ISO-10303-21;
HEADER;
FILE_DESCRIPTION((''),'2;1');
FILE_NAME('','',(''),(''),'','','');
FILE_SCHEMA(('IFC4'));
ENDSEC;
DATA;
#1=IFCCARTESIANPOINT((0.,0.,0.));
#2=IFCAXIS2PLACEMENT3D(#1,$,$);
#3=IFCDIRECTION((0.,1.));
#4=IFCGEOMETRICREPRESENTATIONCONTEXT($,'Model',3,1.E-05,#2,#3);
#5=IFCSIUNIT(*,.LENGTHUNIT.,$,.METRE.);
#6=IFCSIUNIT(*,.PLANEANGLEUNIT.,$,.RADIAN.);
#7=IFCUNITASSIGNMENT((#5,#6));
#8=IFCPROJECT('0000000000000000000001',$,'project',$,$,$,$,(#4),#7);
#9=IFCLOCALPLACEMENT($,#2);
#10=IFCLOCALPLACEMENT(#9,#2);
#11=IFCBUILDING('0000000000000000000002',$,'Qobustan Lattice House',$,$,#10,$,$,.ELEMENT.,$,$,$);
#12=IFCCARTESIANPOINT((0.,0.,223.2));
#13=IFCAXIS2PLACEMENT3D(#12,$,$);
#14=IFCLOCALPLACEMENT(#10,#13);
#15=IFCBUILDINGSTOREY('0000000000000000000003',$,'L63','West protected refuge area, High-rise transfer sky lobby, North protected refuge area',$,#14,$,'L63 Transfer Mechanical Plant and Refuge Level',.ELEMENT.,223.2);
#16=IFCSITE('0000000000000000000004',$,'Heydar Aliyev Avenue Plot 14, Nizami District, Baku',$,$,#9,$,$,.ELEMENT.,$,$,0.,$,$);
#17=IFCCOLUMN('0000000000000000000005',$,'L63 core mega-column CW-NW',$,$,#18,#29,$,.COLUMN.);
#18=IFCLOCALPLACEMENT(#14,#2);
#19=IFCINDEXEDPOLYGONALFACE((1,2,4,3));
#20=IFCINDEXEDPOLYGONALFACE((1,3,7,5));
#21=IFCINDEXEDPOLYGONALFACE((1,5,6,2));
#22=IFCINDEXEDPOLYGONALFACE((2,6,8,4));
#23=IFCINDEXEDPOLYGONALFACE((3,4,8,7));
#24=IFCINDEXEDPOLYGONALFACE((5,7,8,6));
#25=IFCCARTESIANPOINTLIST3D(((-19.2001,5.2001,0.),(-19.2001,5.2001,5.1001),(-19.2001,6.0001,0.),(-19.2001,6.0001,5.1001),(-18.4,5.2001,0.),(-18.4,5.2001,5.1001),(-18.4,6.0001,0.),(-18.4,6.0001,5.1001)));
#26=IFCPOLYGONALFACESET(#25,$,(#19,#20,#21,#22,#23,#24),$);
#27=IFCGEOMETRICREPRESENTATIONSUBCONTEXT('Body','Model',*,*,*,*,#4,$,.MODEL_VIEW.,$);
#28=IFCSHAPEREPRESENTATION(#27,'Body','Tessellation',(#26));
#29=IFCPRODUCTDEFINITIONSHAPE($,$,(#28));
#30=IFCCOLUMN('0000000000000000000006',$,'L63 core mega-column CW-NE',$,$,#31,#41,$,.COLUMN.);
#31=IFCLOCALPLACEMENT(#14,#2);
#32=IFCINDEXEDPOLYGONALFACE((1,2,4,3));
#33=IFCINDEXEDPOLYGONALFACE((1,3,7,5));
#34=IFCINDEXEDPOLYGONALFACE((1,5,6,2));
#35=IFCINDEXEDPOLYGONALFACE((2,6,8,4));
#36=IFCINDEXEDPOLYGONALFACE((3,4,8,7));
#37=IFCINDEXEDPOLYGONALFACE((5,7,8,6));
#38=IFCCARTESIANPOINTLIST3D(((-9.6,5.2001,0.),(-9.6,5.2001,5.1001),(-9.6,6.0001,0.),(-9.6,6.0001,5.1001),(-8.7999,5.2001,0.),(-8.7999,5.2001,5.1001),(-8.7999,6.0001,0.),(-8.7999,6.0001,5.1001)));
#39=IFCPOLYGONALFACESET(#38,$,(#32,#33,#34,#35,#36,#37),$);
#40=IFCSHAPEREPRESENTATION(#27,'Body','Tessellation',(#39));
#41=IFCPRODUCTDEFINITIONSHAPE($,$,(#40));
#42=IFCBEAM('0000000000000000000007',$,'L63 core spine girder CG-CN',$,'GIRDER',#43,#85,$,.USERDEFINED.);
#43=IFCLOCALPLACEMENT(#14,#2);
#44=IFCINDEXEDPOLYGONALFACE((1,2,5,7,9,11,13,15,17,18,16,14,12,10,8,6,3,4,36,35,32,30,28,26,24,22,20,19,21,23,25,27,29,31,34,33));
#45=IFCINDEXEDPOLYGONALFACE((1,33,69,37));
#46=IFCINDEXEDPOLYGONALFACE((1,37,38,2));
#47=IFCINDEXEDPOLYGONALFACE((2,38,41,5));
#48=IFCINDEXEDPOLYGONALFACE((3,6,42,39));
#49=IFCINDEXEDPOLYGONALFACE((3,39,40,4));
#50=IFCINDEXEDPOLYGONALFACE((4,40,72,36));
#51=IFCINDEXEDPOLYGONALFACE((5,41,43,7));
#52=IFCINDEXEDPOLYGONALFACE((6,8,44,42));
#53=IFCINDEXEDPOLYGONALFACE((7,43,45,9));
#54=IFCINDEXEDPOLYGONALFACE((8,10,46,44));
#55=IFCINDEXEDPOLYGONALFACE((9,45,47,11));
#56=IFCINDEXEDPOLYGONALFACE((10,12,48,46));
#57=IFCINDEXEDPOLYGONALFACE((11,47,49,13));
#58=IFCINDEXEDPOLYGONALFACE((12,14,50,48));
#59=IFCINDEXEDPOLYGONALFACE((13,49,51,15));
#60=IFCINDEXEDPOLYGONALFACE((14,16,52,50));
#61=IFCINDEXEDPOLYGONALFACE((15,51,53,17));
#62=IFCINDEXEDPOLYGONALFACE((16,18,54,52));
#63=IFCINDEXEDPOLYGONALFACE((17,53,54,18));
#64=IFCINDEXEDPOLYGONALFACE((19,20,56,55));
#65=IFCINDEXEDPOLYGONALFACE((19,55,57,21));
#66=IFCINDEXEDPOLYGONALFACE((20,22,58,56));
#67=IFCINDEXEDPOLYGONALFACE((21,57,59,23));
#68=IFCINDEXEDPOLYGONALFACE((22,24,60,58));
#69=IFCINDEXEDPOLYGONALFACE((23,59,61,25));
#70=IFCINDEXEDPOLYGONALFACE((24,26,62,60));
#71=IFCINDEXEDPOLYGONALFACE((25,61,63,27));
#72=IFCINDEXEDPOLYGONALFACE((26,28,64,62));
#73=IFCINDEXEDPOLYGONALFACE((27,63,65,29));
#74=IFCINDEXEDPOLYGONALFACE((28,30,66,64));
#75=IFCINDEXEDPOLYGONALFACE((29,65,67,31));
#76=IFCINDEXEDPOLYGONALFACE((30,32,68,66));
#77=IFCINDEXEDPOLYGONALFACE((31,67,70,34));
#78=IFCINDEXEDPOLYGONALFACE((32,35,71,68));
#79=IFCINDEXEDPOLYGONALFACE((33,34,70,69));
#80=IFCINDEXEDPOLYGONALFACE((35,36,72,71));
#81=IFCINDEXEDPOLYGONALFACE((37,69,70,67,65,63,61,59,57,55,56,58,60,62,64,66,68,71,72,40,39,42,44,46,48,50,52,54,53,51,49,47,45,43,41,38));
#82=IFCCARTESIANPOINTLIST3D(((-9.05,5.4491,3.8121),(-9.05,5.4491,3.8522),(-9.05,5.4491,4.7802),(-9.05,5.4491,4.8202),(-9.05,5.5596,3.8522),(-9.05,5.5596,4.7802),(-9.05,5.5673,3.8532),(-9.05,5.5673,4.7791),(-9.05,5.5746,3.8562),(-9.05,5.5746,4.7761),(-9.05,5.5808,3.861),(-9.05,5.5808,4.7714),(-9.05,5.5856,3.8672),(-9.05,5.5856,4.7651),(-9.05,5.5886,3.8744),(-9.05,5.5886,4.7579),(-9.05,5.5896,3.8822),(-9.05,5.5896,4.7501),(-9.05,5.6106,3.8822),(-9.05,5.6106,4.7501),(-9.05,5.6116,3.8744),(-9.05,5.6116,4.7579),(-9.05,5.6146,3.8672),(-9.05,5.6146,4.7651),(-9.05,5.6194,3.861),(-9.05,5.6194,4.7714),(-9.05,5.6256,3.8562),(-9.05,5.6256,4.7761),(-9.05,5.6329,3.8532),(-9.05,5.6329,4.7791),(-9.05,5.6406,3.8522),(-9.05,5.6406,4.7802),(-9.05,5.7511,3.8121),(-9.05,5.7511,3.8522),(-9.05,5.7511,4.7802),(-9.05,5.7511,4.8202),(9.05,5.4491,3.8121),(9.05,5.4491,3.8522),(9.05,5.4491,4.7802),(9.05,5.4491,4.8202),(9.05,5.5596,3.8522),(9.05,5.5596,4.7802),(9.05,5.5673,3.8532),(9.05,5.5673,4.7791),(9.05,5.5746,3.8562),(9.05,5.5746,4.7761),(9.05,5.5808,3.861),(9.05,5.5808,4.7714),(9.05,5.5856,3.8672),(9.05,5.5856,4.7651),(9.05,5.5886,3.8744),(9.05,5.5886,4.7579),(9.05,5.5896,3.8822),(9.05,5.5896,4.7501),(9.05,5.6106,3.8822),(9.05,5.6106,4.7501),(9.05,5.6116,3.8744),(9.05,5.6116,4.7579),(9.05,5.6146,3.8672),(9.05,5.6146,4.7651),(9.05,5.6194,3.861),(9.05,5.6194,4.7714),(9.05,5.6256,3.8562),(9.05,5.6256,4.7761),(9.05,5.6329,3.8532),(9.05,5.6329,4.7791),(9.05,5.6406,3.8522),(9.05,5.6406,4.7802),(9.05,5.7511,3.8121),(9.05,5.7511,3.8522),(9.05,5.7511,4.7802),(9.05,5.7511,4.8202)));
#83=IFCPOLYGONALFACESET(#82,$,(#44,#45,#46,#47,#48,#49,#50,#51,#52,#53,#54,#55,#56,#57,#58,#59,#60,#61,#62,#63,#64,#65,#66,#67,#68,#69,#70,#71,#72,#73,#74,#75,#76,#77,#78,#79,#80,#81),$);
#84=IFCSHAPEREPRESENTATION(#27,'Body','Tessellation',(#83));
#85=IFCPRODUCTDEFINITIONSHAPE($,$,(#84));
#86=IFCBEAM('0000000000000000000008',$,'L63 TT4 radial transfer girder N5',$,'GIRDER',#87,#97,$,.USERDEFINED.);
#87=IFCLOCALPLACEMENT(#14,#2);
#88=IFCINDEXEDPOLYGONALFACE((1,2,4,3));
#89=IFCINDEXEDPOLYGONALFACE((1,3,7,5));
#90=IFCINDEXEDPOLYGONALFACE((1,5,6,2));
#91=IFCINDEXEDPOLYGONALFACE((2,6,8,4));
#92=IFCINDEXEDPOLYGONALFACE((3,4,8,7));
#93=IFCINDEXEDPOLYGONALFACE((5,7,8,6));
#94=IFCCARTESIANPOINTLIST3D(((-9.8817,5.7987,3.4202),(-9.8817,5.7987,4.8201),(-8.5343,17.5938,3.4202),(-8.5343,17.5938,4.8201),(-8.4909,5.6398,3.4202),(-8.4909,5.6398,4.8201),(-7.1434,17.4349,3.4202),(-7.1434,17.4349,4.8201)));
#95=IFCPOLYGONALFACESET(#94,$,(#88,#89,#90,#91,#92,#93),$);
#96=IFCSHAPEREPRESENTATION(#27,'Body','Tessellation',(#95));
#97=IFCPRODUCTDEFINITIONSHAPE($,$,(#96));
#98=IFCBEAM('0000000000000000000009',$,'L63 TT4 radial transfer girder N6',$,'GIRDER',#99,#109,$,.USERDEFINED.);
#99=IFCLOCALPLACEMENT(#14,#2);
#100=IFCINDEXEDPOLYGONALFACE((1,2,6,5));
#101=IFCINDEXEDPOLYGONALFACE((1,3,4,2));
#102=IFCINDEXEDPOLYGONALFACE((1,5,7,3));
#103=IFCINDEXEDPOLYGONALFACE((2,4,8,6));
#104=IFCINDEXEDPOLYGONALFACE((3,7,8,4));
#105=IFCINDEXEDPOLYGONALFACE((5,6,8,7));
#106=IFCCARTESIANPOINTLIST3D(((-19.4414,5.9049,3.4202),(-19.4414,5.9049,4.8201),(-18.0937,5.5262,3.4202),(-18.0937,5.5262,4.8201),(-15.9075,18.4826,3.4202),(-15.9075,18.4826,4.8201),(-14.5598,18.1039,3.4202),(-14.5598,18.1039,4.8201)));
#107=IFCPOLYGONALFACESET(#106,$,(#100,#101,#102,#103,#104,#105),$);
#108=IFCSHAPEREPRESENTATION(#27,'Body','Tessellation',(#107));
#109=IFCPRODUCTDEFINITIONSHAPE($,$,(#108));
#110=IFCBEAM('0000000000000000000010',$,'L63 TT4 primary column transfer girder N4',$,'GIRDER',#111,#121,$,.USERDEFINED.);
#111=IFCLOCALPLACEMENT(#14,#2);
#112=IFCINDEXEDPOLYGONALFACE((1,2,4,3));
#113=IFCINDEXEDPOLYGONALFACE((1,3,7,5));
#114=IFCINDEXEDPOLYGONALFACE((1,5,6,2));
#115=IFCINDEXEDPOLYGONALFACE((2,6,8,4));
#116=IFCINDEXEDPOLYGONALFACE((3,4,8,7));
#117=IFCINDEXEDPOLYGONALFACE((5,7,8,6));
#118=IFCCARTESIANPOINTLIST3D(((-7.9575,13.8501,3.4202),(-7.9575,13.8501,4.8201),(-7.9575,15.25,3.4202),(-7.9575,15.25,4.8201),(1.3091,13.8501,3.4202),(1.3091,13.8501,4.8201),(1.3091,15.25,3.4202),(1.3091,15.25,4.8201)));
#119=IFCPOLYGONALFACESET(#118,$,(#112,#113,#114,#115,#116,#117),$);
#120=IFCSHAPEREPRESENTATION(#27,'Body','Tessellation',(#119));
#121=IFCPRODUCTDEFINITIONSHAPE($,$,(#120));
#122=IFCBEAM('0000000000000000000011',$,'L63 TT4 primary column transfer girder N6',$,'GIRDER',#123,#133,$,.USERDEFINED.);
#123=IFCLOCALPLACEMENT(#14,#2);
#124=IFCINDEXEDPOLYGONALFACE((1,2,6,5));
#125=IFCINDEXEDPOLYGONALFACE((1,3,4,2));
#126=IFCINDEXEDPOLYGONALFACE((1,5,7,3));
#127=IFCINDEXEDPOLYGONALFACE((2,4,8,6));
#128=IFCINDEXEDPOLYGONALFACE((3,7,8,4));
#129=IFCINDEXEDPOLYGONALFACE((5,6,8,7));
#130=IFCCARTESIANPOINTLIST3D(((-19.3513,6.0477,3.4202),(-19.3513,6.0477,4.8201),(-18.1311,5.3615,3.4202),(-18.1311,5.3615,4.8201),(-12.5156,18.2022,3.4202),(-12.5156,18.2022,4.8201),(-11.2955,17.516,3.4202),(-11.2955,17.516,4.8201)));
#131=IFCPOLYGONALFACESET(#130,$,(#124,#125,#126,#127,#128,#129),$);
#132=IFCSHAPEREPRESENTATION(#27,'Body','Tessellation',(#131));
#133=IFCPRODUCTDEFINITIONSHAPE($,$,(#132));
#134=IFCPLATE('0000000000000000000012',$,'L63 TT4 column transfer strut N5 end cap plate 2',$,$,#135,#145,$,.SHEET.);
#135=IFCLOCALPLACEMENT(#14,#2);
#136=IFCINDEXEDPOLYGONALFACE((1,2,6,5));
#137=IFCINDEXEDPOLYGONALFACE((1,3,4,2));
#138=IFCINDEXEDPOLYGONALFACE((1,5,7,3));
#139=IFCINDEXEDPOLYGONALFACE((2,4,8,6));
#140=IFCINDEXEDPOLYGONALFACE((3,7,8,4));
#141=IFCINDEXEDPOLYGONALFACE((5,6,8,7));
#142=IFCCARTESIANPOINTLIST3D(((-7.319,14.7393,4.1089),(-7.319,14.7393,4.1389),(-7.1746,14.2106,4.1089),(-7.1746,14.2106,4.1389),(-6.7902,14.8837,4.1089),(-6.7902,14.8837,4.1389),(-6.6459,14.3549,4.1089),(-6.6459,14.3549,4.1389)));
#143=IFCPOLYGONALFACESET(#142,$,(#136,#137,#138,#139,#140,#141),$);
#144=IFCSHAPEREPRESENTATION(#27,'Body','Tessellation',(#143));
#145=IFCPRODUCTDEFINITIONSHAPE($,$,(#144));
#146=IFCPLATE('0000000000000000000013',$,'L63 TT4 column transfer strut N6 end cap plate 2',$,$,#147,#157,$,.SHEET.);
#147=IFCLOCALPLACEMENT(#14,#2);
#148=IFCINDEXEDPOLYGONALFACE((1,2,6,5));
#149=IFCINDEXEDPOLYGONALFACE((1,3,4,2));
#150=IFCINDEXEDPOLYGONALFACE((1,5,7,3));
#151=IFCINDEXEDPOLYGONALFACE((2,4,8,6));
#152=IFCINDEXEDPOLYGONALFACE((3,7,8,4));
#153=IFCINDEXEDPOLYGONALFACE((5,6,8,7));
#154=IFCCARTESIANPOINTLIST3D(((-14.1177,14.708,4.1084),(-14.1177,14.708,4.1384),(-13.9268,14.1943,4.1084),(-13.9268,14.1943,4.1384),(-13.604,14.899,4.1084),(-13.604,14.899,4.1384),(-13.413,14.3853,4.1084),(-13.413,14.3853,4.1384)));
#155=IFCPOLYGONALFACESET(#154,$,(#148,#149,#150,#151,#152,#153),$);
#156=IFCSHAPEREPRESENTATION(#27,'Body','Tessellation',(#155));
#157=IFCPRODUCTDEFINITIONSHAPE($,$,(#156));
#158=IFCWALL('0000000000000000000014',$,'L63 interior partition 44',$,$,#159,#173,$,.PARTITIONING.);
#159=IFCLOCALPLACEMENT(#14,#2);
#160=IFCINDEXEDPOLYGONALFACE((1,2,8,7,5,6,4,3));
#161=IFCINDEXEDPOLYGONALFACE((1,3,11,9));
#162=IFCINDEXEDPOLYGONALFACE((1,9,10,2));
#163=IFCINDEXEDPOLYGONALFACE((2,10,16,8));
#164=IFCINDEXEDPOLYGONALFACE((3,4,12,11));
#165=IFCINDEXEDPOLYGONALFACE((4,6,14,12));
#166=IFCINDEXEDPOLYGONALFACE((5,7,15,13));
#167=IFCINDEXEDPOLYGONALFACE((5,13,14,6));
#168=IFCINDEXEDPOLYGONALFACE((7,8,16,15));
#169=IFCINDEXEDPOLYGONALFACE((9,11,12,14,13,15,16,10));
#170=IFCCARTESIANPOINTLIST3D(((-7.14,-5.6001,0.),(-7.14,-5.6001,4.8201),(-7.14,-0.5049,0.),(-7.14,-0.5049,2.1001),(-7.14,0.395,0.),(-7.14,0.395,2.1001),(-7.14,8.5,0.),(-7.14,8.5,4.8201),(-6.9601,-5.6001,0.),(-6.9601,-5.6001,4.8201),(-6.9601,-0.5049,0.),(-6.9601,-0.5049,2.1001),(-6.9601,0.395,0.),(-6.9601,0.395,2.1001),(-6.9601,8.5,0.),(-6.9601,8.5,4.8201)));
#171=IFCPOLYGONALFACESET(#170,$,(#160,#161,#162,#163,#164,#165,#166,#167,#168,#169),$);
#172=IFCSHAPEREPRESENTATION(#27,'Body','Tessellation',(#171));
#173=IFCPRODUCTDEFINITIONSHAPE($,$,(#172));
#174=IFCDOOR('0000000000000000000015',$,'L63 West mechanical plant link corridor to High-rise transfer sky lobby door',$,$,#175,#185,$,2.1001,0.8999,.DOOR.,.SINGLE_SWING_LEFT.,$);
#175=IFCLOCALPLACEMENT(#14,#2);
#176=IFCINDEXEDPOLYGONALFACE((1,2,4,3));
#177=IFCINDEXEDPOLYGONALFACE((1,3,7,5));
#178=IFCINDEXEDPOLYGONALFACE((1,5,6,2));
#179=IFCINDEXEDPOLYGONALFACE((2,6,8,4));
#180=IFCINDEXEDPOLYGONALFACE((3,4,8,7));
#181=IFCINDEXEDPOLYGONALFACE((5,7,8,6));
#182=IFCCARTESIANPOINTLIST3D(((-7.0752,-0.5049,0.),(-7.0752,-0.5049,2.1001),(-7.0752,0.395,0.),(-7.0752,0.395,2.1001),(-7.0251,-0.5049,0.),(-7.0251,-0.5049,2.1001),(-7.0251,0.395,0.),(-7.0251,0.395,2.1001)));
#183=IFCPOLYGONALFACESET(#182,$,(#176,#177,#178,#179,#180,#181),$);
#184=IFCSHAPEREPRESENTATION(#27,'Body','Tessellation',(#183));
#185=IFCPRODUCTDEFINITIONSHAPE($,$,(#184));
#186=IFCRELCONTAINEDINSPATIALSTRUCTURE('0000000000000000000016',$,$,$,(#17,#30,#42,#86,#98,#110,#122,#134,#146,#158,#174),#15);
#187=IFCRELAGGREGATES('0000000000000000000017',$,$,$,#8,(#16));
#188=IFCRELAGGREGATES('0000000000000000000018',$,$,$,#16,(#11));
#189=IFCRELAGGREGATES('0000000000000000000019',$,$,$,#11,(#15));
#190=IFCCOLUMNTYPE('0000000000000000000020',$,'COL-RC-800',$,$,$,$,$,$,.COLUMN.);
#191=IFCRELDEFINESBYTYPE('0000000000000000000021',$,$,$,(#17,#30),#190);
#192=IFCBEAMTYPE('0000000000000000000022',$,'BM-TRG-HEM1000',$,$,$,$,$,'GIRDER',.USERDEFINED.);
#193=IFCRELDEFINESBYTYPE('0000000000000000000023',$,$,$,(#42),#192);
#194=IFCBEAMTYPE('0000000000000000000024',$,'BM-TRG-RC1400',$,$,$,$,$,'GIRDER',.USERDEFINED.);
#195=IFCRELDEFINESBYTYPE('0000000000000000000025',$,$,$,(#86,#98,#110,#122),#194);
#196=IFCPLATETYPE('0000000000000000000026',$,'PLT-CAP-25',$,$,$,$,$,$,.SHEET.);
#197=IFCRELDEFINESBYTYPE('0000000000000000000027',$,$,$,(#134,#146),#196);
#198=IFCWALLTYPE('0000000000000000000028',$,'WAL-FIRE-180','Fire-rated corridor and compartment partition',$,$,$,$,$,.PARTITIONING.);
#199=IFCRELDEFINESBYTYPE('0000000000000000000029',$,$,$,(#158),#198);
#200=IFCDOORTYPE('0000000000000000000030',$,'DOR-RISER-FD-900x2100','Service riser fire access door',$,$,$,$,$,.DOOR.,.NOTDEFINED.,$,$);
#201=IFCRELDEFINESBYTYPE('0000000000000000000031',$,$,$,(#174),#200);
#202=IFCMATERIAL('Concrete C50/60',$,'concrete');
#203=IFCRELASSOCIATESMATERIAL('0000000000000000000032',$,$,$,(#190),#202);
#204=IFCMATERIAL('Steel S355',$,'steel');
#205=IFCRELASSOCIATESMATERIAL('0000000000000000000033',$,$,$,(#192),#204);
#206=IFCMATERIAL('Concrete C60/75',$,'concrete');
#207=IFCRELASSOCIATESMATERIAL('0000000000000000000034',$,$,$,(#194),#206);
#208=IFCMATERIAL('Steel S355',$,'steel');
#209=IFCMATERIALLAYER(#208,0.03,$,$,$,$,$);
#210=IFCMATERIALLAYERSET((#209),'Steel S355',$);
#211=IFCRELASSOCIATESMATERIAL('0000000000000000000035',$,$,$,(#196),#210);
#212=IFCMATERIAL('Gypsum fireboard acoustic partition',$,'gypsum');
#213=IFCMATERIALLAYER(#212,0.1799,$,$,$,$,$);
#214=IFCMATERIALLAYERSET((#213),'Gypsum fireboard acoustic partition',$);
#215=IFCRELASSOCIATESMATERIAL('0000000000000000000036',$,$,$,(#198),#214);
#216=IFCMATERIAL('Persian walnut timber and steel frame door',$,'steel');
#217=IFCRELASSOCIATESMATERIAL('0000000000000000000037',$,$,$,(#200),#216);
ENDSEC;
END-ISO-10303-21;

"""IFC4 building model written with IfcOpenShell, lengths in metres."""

from ifc_helpers import new_model, si_unit, direction, frame, frame_2d, origin, origin_2d, place, context, subcontext, project, spatial, rectangle, i_section, extrude, material, layer, layer_set, material_profile, profile_set, type_object, element, fill, save


model = new_model("IFC4")

# Units and contexts
model_context = context("Model", 3, precision=1e-05, world=origin(), true_north=direction((0.0, 1.0)))
body_context = subcontext(model_context, "Body", "Model", "MODEL_VIEW")
ifc_project = project(units=[si_unit("LENGTHUNIT", "METRE"), si_unit("PLANEANGLEUNIT", "RADIAN")], contexts=[model_context])

# Site, building, storey
site_placement = place(None, origin())
site = spatial("IfcSite", under=ifc_project, at=site_placement, Name="Heydar Aliyev Avenue Plot 14, Nizami District, Baku", CompositionType="ELEMENT", RefElevation=0.0)
building_placement = place(site_placement, origin())
building = spatial("IfcBuilding", under=site, at=building_placement, Name="Qobustan Lattice House", CompositionType="ELEMENT")
storey_placement = place(building_placement, frame((0.0, 0.0, 223.2)))
storey = spatial("IfcBuildingStorey", under=building, at=storey_placement, Name="L63", Description="West protected refuge area, High-rise transfer sky lobby, North protected refuge area", LongName="L63 Transfer Mechanical Plant and Refuge Level", CompositionType="ELEMENT", Elevation=223.2)

# Columns
ifc_material_1 = material(Name="Concrete C50/60", Category="concrete")
ifc_material_profile_1 = material_profile(ifc_material_1, rectangle(XDim=0.8, YDim=0.8, at=origin_2d()), Name="RC800x800")
ifc_profile_set_1 = profile_set([ifc_material_profile_1], Name="Concrete C50/60")
column_type = type_object("IfcColumnType", Name="COL-RC-800", PredefinedType="COLUMN", material=ifc_profile_set_1)
for number, where, z_axis, x_axis, name in (
    (1, (-18.8, 5.6001, 0.0), (0.0, 0.0, 1.0), (1.0, 0.0, 0.0), "L63 core mega-column CW-NW"),
    (2, (-9.2, 5.6001, 0.0), (0.0, 0.0, 1.0), (1.0, 0.0, 0.0), "L63 core mega-column CW-NE"),
):
    element("IfcColumn", number, at=place(storey_placement, frame(where, z_axis=z_axis, x_axis=x_axis)), inside=storey, type_object=column_type, Name=name, PredefinedType="COLUMN", context=body_context, shape_type="SweptSolid", body=[
        extrude(rectangle(XDim=0.8, YDim=0.8, at=origin_2d()), origin(), (0.0, 0.0, 1.0), 5.1001),
    ])

# Beams
ifc_material_2 = material(Name="Steel S355", Category="steel")
ifc_material_profile_2 = material_profile(ifc_material_2, i_section(OverallWidth=0.302, OverallDepth=1.0081, WebThickness=0.021, FlangeThickness=0.04, FilletRadius=0.03, at=origin_2d()), Name="HEM1000")
ifc_profile_set_2 = profile_set([ifc_material_profile_2], Name="Steel S355")
beam_type_1 = type_object("IfcBeamType", Name="BM-TRG-HEM1000", ElementType="GIRDER", PredefinedType="USERDEFINED", material=ifc_profile_set_2)
beam_1_placement = place(storey_placement, frame((-9.05, 5.6001, 4.3162), z_axis=(1.0, 0.0, 0.0), x_axis=(0.0, 1.0, 0.0)))
element("IfcBeam", 3, at=beam_1_placement, inside=storey, type_object=beam_type_1, Name="L63 core spine girder CG-CN", ObjectType="GIRDER", PredefinedType="USERDEFINED", context=body_context, shape_type="SweptSolid", body=[
    extrude(i_section(OverallWidth=0.302, OverallDepth=1.0081, WebThickness=0.021, FlangeThickness=0.04, FilletRadius=0.03, at=origin_2d()), origin(), (0.0, 0.0, 1.0), 18.1001),
])
ifc_material_3 = material(Name="Concrete C60/75", Category="concrete")
ifc_material_profile_3 = material_profile(ifc_material_3, rectangle(XDim=1.3999, YDim=1.3999, at=origin_2d()), Name="RC1400x1400")
ifc_profile_set_3 = profile_set([ifc_material_profile_3], Name="Concrete C60/75")
beam_type_2 = type_object("IfcBeamType", Name="BM-TRG-RC1400", ElementType="GIRDER", PredefinedType="USERDEFINED", material=ifc_profile_set_3)
beam_2_placement = place(storey_placement, frame((-9.1863, 5.7192, 4.1201), z_axis=(0.113496, 0.993538, 0.0), x_axis=(-0.993538, 0.113496, 0.0)))
element("IfcBeam", 4, at=beam_2_placement, inside=storey, type_object=beam_type_2, Name="L63 TT4 radial transfer girder N5", ObjectType="GIRDER", PredefinedType="USERDEFINED", context=body_context, shape_type="SweptSolid", body=[
    extrude(rectangle(XDim=1.3999, YDim=1.3999, at=origin_2d()), origin(), (0.0, 0.0, 1.0), 11.8718),
])
beam_3_placement = place(storey_placement, frame((-18.7676, 5.7156, 4.1201), z_axis=(0.270496, 0.962721, 0.0), x_axis=(-0.962721, 0.270496, 0.0)))
element("IfcBeam", 5, at=beam_3_placement, inside=storey, type_object=beam_type_2, Name="L63 TT4 radial transfer girder N6", ObjectType="GIRDER", PredefinedType="USERDEFINED", context=body_context, shape_type="SweptSolid", body=[
    extrude(rectangle(XDim=1.3999, YDim=1.3999, at=origin_2d()), origin(), (0.0, 0.0, 1.0), 13.0647),
])
beam_4_placement = place(storey_placement, frame((-7.9575, 14.55, 4.1201), z_axis=(1.0, 0.0, 0.0), x_axis=(0.0, 1.0, 0.0)))
element("IfcBeam", 6, at=beam_4_placement, inside=storey, type_object=beam_type_2, Name="L63 TT4 primary column transfer girder N4", ObjectType="GIRDER", PredefinedType="USERDEFINED", context=body_context, shape_type="SweptSolid", body=[
    extrude(rectangle(XDim=1.3999, YDim=1.3999, at=origin_2d()), origin(), (0.0, 0.0, 1.0), 9.2666),
])
beam_5_placement = place(storey_placement, frame((-18.7412, 5.7046, 4.1201), z_axis=(0.490194, 0.871613, 0.0), x_axis=(-0.871613, 0.490194, 0.0)))
element("IfcBeam", 7, at=beam_5_placement, inside=storey, type_object=beam_type_2, Name="L63 TT4 primary column transfer girder N6", ObjectType="GIRDER", PredefinedType="USERDEFINED", context=body_context, shape_type="SweptSolid", body=[
    extrude(rectangle(XDim=1.3999, YDim=1.3999, at=origin_2d()), origin(), (0.0, 0.0, 1.0), 13.9448),
])

# Plates
ifc_material_4 = material(Name="Steel S355", Category="steel")
ifc_layer_1 = layer(ifc_material_4, 0.03)
ifc_layer_set_1 = layer_set([ifc_layer_1], Name="Steel S355")
plate_type = type_object("IfcPlateType", Name="PLT-CAP-25", PredefinedType="SHEET", material=ifc_layer_set_1)
for number, where, z_axis, x_axis, name in (
    (8, (-6.9824, 14.5471, 4.1089), (0.0, 0.0, 1.0), (0.263385, -0.964691, 0.0), "L63 TT4 column transfer strut N5 end cap plate 2"),
    (9, (-13.7654, 14.5466, 4.1084), (0.0, 0.0, 1.0), (0.348458, -0.937325, 0.0), "L63 TT4 column transfer strut N6 end cap plate 2"),
):
    element("IfcPlate", number, at=place(storey_placement, frame(where, z_axis=z_axis, x_axis=x_axis)), inside=storey, type_object=plate_type, Name=name, PredefinedType="SHEET", context=body_context, shape_type="SweptSolid", body=[
        extrude(rectangle(XDim=0.5481, YDim=0.5481, at=origin_2d()), origin(), (0.0, 0.0, 1.0), 0.03),
    ])

# Wall, opening, door
ifc_material_5 = material(Name="Gypsum fireboard acoustic partition", Category="gypsum")
ifc_layer_2 = layer(ifc_material_5, 0.1799)
ifc_layer_set_2 = layer_set([ifc_layer_2], Name="Gypsum fireboard acoustic partition")
wall_type_1 = type_object("IfcWallType", Name="WAL-FIRE-180", Description="Fire-rated corridor and compartment partition", PredefinedType="PARTITIONING", material=ifc_layer_set_2)
wall_1_placement = place(storey_placement, frame((-7.05, 8.5, 0.0), z_axis=(0.0, 0.0, 1.0), x_axis=(0.0, -1.0, 0.0)))
wall_1 = element("IfcWall", 10, at=wall_1_placement, inside=storey, type_object=wall_type_1, Name="L63 interior partition 44", PredefinedType="PARTITIONING", context=body_context, shape_type="SweptSolid", body=[
    extrude(rectangle(XDim=14.1001, YDim=0.1799, at=frame_2d((7.05, 0.0))), origin(), (0.0, 0.0, 1.0), 4.8201),
])
opening_1_placement = place(wall_1_placement, frame((8.105, 0.0, 0.0)))
opening_1 = element("IfcOpeningElement", 11, at=opening_1_placement, cuts=wall_1, PredefinedType="OPENING", context=body_context, shape_type="SweptSolid", body=[
    extrude(rectangle(XDim=0.8999, YDim=2.1001, at=frame_2d((0.45, 1.05))), frame((0.0, 0.0999, 0.0), z_axis=(0.0, -1.0, 0.0), x_axis=(1.0, 0.0, 0.0)), (0.0, 0.0, 1.0), 0.2),
])
ifc_material_6 = material(Name="Persian walnut timber and steel frame door", Category="steel")
door_type_1 = type_object("IfcDoorType", Name="DOR-RISER-FD-900x2100", Description="Service riser fire access door", OperationType="NOTDEFINED", PredefinedType="DOOR", material=ifc_material_6)
door_1_placement = place(opening_1_placement, origin())
door_1 = element("IfcDoor", 12, at=door_1_placement, inside=storey, type_object=door_type_1, Name="L63 West mechanical plant link corridor to High-rise transfer sky lobby door", OperationType="SINGLE_SWING_LEFT", OverallHeight=2.1001, OverallWidth=0.8999, PredefinedType="DOOR", context=body_context, shape_type="SweptSolid", body=[
    extrude(rectangle(XDim=0.8999, YDim=2.1001, at=frame_2d((0.45, 1.05))), frame((0.0, 0.0249, 0.0), z_axis=(0.0, -1.0, 0.0), x_axis=(1.0, 0.0, 0.0)), (0.0, 0.0, 1.0), 0.05),
])
fill(opening_1, door_1)

save(model, "model.ifc")
